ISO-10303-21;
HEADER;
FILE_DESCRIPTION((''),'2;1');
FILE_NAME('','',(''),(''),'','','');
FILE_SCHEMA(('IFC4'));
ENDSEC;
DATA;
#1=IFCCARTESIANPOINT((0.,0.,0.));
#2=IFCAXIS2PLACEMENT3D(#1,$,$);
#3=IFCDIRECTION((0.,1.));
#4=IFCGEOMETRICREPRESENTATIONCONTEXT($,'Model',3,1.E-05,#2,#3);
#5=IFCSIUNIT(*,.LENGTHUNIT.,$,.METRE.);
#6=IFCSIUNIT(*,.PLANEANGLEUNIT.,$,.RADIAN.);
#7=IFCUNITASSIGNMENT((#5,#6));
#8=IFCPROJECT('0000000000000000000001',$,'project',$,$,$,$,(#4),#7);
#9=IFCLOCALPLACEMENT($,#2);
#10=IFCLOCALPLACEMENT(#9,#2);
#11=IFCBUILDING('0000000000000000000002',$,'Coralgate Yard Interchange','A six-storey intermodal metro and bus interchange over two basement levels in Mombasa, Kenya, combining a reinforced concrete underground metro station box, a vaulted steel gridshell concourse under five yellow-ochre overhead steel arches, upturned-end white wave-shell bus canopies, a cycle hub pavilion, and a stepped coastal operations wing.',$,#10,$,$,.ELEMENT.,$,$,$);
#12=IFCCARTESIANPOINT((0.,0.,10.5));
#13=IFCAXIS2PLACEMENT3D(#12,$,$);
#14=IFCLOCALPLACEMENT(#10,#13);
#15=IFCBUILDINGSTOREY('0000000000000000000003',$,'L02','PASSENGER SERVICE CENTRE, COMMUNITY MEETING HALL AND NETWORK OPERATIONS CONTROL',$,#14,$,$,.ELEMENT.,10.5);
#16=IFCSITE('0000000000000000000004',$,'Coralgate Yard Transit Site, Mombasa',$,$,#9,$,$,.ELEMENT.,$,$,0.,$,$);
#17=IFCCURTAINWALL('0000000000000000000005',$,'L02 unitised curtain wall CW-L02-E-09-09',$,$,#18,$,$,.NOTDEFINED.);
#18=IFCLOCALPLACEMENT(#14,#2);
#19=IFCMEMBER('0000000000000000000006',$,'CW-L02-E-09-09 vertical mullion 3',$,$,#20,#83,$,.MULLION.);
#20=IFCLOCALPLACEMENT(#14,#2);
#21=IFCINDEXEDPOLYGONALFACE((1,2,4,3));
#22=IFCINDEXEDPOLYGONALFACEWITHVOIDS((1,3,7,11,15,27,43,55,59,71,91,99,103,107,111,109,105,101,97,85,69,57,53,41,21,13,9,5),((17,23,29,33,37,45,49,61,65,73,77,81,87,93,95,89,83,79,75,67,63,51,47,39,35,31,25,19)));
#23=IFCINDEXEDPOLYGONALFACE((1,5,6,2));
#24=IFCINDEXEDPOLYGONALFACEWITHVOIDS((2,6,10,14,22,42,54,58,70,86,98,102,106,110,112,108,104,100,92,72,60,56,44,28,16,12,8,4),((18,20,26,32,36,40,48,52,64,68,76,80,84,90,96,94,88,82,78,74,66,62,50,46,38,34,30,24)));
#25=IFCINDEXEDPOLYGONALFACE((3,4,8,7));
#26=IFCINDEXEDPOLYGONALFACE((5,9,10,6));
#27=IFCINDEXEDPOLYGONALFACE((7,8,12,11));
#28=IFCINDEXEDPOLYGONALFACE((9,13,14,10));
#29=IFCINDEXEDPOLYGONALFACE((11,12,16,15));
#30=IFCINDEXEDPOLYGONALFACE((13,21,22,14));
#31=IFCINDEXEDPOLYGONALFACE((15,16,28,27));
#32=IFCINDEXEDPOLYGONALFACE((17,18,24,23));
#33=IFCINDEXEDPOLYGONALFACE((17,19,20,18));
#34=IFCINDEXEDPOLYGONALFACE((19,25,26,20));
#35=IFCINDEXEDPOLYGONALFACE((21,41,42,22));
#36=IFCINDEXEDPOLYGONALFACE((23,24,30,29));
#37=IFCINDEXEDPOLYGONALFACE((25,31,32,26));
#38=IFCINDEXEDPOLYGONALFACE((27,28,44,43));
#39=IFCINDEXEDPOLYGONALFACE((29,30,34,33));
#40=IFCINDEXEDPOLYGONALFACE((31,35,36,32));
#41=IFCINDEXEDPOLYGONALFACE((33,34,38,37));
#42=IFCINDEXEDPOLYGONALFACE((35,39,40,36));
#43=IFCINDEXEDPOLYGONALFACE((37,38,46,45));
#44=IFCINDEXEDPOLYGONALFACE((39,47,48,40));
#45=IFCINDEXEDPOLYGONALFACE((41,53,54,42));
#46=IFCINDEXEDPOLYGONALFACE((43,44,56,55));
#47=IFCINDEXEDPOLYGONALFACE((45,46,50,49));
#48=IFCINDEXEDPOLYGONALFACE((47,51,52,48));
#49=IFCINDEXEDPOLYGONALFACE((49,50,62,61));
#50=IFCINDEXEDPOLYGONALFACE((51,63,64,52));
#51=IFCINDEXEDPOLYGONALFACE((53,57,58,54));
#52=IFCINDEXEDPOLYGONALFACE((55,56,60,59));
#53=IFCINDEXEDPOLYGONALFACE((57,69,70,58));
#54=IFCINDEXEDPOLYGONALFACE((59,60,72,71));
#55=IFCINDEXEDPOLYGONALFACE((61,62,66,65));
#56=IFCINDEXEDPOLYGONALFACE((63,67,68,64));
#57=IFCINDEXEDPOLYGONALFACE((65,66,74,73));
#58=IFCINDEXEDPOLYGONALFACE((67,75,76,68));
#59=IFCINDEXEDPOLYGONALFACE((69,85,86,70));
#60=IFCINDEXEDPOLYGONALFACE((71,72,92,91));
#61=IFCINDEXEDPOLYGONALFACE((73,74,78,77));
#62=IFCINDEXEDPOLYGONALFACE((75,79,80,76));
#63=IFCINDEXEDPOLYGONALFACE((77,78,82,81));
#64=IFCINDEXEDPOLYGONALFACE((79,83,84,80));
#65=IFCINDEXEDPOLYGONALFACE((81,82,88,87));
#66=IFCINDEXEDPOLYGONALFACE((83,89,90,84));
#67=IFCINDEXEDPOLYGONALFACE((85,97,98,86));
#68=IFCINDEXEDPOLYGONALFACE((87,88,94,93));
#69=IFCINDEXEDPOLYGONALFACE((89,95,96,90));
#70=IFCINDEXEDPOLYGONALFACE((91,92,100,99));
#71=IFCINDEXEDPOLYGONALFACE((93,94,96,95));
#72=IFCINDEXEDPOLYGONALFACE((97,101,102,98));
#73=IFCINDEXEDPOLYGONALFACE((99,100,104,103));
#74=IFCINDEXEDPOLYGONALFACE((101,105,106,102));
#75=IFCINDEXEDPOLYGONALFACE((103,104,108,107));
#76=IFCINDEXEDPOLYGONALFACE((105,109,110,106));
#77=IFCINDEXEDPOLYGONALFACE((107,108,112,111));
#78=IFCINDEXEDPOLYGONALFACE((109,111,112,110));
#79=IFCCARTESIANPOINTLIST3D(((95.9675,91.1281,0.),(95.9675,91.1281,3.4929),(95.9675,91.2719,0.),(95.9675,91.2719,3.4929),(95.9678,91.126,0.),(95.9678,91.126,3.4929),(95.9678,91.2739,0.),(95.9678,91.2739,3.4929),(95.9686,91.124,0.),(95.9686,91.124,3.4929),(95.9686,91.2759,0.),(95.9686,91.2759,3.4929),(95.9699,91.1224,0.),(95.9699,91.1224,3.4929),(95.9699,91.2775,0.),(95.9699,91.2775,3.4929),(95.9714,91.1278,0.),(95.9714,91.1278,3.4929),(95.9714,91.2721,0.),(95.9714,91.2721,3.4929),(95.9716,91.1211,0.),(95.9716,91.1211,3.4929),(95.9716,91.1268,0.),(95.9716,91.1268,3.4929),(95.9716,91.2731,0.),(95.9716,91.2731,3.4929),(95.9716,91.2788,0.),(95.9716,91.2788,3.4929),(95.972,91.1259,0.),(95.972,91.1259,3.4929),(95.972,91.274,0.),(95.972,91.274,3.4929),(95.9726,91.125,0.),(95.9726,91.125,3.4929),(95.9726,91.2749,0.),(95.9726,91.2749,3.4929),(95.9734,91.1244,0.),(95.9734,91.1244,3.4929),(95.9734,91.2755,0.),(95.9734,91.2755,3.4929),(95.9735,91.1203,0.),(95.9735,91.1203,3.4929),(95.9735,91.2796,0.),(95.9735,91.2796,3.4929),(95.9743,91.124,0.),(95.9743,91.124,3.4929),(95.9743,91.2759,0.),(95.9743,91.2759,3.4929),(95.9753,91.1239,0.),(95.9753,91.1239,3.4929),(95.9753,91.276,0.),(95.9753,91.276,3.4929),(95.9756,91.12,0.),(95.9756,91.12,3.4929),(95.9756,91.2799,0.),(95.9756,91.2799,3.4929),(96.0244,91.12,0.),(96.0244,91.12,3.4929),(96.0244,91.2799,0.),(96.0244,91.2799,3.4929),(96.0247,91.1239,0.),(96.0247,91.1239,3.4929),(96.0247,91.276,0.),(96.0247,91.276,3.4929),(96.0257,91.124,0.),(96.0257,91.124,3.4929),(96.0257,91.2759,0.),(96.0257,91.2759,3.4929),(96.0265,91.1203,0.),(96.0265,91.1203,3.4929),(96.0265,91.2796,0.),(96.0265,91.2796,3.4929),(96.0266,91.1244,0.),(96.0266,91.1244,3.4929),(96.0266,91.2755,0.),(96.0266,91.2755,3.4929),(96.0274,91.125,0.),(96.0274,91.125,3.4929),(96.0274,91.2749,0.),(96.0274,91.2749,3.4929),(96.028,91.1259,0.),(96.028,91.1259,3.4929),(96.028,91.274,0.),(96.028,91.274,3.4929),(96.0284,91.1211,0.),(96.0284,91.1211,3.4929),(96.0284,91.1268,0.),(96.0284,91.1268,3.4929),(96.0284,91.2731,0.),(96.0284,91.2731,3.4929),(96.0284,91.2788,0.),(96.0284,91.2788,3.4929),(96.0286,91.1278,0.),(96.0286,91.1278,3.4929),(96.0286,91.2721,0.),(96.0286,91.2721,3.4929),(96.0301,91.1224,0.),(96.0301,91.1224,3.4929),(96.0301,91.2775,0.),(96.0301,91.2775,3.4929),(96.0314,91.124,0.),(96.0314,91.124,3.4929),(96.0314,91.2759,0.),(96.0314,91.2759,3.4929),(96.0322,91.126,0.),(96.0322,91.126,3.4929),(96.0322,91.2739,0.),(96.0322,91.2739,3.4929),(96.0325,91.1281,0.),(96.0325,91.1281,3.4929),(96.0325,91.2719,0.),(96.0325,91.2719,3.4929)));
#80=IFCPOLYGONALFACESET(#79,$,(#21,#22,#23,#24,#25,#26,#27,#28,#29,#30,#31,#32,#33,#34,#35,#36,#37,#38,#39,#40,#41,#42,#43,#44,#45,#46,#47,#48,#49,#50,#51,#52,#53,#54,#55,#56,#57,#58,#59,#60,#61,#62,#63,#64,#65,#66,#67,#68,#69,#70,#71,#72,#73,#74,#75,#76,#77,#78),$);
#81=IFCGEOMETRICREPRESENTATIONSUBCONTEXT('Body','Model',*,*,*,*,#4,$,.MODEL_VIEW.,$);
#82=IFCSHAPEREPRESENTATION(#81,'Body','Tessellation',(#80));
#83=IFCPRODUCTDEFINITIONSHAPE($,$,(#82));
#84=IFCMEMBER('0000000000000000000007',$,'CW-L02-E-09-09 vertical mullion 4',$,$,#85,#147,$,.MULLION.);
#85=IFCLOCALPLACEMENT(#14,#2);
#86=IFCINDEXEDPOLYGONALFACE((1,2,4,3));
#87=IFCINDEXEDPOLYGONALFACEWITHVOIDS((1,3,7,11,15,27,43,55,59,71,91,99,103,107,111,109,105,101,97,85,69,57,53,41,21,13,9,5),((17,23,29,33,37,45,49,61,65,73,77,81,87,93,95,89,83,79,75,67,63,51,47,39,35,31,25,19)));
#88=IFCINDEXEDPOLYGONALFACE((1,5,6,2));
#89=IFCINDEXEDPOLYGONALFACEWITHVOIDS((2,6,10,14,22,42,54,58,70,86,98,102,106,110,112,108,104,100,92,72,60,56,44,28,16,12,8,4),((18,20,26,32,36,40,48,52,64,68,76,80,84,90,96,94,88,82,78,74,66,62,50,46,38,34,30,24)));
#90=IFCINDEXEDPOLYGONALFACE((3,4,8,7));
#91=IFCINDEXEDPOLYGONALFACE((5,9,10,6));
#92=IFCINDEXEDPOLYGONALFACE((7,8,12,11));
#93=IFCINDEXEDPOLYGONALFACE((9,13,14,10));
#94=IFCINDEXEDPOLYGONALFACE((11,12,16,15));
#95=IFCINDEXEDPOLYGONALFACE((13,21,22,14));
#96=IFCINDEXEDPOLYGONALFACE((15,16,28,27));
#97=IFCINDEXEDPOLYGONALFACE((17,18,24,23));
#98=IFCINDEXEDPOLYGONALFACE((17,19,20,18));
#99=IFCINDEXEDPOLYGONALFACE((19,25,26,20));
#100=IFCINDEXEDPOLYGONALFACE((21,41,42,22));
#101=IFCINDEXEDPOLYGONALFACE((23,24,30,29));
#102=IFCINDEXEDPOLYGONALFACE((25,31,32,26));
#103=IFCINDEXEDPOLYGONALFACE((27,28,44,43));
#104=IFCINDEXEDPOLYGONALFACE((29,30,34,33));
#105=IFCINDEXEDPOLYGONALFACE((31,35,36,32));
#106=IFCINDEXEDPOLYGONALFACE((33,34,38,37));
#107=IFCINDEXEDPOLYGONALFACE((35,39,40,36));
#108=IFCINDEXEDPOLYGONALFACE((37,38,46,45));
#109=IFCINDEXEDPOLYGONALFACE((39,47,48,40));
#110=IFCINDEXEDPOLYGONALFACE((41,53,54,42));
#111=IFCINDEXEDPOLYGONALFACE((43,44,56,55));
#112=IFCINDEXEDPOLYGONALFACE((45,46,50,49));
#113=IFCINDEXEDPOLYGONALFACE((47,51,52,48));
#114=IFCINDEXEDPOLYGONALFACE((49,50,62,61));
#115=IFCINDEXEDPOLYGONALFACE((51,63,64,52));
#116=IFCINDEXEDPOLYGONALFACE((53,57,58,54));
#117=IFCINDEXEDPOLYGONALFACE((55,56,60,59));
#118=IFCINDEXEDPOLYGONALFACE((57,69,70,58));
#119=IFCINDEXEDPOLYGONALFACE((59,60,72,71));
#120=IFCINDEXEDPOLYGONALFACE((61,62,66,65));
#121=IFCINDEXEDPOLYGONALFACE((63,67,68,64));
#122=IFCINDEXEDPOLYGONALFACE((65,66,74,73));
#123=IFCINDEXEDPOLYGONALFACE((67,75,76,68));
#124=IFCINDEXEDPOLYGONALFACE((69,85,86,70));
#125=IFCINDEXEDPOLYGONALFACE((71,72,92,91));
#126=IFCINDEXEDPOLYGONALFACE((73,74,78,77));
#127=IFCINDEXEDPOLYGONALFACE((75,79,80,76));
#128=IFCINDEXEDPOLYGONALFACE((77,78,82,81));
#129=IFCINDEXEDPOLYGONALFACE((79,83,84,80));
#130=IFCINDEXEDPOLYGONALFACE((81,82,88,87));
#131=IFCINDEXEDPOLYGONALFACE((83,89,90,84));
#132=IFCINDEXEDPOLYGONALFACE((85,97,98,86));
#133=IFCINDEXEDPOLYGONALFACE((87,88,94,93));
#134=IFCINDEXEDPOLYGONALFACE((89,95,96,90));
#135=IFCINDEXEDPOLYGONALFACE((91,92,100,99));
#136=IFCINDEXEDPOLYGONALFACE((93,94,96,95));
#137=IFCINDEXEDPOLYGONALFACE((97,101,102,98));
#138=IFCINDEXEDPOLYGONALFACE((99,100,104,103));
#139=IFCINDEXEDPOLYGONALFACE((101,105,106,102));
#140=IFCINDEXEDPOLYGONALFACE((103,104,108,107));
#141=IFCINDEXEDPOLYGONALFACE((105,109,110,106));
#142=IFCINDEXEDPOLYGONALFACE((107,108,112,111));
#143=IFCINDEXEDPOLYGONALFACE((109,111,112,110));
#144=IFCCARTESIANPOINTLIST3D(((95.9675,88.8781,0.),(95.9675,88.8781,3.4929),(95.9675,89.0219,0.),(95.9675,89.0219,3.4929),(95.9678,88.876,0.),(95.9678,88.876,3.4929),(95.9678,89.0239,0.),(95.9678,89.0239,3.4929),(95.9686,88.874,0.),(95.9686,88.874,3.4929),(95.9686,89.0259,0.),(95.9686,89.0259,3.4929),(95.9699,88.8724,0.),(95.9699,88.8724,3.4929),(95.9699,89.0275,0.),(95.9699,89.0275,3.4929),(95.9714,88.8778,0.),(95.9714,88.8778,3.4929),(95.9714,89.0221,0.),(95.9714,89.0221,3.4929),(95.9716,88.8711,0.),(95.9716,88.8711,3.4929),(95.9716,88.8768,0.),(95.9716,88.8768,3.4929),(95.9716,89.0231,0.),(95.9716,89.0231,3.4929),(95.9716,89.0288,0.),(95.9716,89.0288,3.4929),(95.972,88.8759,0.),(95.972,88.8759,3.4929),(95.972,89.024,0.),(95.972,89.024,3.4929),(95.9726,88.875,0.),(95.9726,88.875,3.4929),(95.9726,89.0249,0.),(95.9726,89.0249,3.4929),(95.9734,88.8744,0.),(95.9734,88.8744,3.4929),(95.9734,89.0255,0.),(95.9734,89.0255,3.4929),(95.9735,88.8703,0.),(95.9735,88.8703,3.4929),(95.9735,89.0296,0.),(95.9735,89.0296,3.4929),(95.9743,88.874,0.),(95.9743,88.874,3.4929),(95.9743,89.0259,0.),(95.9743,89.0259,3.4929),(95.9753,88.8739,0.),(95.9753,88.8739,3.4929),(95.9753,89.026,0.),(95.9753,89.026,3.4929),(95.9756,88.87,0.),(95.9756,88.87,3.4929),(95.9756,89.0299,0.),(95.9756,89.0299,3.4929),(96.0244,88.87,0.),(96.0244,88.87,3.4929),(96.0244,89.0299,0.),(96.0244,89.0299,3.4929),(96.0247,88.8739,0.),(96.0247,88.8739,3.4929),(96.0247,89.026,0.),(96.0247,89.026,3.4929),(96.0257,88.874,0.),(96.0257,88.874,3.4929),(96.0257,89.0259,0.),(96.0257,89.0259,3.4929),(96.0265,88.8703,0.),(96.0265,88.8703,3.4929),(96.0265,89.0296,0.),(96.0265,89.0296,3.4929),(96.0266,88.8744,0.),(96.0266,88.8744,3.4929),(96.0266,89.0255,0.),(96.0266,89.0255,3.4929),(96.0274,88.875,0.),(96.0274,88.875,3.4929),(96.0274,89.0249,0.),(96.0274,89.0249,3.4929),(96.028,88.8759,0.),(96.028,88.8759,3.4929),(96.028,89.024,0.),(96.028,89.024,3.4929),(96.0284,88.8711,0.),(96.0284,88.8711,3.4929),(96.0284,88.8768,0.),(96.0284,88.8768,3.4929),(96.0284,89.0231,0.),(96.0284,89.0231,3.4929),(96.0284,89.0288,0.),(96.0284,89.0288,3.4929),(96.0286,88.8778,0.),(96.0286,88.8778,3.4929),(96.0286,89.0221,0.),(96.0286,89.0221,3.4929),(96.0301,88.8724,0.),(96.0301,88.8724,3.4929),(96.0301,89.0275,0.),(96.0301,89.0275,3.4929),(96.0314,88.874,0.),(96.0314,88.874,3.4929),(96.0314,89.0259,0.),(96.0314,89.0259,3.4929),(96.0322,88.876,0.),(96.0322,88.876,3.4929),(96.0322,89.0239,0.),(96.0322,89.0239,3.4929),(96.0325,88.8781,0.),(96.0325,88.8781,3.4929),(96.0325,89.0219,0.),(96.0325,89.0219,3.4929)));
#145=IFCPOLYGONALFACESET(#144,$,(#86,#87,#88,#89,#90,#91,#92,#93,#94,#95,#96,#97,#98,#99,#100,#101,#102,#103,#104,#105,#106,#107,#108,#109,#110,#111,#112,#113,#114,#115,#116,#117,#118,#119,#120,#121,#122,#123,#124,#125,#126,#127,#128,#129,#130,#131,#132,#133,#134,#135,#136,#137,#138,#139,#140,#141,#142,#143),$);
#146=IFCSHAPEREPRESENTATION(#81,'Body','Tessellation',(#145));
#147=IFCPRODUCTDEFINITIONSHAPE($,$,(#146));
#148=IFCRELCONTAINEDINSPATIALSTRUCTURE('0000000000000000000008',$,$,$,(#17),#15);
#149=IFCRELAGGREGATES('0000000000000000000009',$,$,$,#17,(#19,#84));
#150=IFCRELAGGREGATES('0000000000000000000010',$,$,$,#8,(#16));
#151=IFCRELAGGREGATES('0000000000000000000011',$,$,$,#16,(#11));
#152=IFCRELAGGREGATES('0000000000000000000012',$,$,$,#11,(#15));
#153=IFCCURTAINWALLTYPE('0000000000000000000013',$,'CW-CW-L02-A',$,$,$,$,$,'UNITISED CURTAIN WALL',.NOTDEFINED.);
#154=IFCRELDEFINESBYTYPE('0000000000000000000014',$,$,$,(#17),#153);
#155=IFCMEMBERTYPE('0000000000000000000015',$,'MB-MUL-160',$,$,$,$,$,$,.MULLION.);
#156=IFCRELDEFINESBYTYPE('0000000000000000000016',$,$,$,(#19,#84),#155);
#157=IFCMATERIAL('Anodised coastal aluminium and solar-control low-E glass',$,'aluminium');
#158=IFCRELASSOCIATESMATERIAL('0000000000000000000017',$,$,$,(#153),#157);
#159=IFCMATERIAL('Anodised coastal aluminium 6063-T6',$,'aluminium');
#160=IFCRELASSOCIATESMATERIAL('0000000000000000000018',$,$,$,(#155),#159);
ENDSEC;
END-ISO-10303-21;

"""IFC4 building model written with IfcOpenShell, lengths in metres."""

from ifc_helpers import new_model, si_unit, direction, frame, origin, origin_2d, place, context, subcontext, project, spatial, hollow_rectangle, extrude, material, material_profile, profile_set, type_object, element, aggregate, save


model = new_model("IFC4")

# Units and contexts
model_context = context("Model", 3, precision=1e-05, world=origin(), true_north=direction((0.0, 1.0)))
body_context = subcontext(model_context, "Body", "Model", "MODEL_VIEW")
ifc_project = project(units=[si_unit("LENGTHUNIT", "METRE"), si_unit("PLANEANGLEUNIT", "RADIAN")], contexts=[model_context])

# Site, building, storey
site_placement = place(None, origin())
site = spatial("IfcSite", under=ifc_project, at=site_placement, Name="Coralgate Yard Transit Site, Mombasa", CompositionType="ELEMENT", RefElevation=0.0)
building_placement = place(site_placement, origin())
building = spatial("IfcBuilding", under=site, at=building_placement, Name="Coralgate Yard Interchange", Description="A six-storey intermodal metro and bus interchange over two basement levels in Mombasa, Kenya, combining a reinforced concrete underground metro station box, a vaulted steel gridshell concourse under five yellow-ochre overhead steel arches, upturned-end white wave-shell bus canopies, a cycle hub pavilion, and a stepped coastal operations wing.", CompositionType="ELEMENT")
storey_placement = place(building_placement, frame((0.0, 0.0, 10.5)))
storey = spatial("IfcBuildingStorey", under=building, at=storey_placement, Name="L02", Description="PASSENGER SERVICE CENTRE, COMMUNITY MEETING HALL AND NETWORK OPERATIONS CONTROL", CompositionType="ELEMENT", Elevation=10.5)

# Shared definitions
ifc_material_1 = material(Name="Anodised coastal aluminium and solar-control low-E glass", Category="aluminium")
curtain_wall_type = type_object("IfcCurtainWallType", Name="CW-CW-L02-A", ElementType="UNITISED CURTAIN WALL", PredefinedType="NOTDEFINED", material=ifc_material_1)
ifc_material_2 = material(Name="Anodised coastal aluminium 6063-T6", Category="aluminium")
ifc_material_profile_1 = material_profile(ifc_material_2, hollow_rectangle(XDim=0.0649, YDim=0.1599, WallThickness=0.0039, InnerFilletRadius=0.0039, OuterFilletRadius=0.0081, at=origin_2d()), Name="ALU 65x160x4")
ifc_profile_set_1 = profile_set([ifc_material_profile_1], Name="Anodised coastal aluminium 6063-T6")
member_type_1 = type_object("IfcMemberType", Name="MB-MUL-160", PredefinedType="MULLION", material=ifc_profile_set_1)

# Curtain wall, members
curtain_wall_1_placement = place(storey_placement, origin())
curtain_wall_1 = element("IfcCurtainWall", 1, at=curtain_wall_1_placement, inside=storey, type_object=curtain_wall_type, Name="L02 unitised curtain wall CW-L02-E-09-09", PredefinedType="NOTDEFINED")
member_1_placement = place(storey_placement, frame((96.0, 91.2, 0.0), z_axis=(0.0, 0.0, 1.0), x_axis=(1.0, 0.0, 0.0)))
member_1 = element("IfcMember", 2, at=member_1_placement, type_object=member_type_1, Name="CW-L02-E-09-09 vertical mullion 3", PredefinedType="MULLION", context=body_context, shape_type="SweptSolid", body=[
    extrude(hollow_rectangle(XDim=0.0649, YDim=0.1599, WallThickness=0.0039, InnerFilletRadius=0.0039, OuterFilletRadius=0.0081, at=origin_2d()), origin(), (0.0, 0.0, 1.0), 3.4929),
])
member_2_placement = place(storey_placement, frame((96.0, 88.95, 0.0), z_axis=(0.0, 0.0, 1.0), x_axis=(1.0, 0.0, 0.0)))
member_2 = element("IfcMember", 3, at=member_2_placement, type_object=member_type_1, Name="CW-L02-E-09-09 vertical mullion 4", PredefinedType="MULLION", context=body_context, shape_type="SweptSolid", body=[
    extrude(hollow_rectangle(XDim=0.0649, YDim=0.1599, WallThickness=0.0039, InnerFilletRadius=0.0039, OuterFilletRadius=0.0081, at=origin_2d()), origin(), (0.0, 0.0, 1.0), 3.4929),
])

aggregate(curtain_wall_1, [member_1, member_2])

save(model, "model.ifc")
